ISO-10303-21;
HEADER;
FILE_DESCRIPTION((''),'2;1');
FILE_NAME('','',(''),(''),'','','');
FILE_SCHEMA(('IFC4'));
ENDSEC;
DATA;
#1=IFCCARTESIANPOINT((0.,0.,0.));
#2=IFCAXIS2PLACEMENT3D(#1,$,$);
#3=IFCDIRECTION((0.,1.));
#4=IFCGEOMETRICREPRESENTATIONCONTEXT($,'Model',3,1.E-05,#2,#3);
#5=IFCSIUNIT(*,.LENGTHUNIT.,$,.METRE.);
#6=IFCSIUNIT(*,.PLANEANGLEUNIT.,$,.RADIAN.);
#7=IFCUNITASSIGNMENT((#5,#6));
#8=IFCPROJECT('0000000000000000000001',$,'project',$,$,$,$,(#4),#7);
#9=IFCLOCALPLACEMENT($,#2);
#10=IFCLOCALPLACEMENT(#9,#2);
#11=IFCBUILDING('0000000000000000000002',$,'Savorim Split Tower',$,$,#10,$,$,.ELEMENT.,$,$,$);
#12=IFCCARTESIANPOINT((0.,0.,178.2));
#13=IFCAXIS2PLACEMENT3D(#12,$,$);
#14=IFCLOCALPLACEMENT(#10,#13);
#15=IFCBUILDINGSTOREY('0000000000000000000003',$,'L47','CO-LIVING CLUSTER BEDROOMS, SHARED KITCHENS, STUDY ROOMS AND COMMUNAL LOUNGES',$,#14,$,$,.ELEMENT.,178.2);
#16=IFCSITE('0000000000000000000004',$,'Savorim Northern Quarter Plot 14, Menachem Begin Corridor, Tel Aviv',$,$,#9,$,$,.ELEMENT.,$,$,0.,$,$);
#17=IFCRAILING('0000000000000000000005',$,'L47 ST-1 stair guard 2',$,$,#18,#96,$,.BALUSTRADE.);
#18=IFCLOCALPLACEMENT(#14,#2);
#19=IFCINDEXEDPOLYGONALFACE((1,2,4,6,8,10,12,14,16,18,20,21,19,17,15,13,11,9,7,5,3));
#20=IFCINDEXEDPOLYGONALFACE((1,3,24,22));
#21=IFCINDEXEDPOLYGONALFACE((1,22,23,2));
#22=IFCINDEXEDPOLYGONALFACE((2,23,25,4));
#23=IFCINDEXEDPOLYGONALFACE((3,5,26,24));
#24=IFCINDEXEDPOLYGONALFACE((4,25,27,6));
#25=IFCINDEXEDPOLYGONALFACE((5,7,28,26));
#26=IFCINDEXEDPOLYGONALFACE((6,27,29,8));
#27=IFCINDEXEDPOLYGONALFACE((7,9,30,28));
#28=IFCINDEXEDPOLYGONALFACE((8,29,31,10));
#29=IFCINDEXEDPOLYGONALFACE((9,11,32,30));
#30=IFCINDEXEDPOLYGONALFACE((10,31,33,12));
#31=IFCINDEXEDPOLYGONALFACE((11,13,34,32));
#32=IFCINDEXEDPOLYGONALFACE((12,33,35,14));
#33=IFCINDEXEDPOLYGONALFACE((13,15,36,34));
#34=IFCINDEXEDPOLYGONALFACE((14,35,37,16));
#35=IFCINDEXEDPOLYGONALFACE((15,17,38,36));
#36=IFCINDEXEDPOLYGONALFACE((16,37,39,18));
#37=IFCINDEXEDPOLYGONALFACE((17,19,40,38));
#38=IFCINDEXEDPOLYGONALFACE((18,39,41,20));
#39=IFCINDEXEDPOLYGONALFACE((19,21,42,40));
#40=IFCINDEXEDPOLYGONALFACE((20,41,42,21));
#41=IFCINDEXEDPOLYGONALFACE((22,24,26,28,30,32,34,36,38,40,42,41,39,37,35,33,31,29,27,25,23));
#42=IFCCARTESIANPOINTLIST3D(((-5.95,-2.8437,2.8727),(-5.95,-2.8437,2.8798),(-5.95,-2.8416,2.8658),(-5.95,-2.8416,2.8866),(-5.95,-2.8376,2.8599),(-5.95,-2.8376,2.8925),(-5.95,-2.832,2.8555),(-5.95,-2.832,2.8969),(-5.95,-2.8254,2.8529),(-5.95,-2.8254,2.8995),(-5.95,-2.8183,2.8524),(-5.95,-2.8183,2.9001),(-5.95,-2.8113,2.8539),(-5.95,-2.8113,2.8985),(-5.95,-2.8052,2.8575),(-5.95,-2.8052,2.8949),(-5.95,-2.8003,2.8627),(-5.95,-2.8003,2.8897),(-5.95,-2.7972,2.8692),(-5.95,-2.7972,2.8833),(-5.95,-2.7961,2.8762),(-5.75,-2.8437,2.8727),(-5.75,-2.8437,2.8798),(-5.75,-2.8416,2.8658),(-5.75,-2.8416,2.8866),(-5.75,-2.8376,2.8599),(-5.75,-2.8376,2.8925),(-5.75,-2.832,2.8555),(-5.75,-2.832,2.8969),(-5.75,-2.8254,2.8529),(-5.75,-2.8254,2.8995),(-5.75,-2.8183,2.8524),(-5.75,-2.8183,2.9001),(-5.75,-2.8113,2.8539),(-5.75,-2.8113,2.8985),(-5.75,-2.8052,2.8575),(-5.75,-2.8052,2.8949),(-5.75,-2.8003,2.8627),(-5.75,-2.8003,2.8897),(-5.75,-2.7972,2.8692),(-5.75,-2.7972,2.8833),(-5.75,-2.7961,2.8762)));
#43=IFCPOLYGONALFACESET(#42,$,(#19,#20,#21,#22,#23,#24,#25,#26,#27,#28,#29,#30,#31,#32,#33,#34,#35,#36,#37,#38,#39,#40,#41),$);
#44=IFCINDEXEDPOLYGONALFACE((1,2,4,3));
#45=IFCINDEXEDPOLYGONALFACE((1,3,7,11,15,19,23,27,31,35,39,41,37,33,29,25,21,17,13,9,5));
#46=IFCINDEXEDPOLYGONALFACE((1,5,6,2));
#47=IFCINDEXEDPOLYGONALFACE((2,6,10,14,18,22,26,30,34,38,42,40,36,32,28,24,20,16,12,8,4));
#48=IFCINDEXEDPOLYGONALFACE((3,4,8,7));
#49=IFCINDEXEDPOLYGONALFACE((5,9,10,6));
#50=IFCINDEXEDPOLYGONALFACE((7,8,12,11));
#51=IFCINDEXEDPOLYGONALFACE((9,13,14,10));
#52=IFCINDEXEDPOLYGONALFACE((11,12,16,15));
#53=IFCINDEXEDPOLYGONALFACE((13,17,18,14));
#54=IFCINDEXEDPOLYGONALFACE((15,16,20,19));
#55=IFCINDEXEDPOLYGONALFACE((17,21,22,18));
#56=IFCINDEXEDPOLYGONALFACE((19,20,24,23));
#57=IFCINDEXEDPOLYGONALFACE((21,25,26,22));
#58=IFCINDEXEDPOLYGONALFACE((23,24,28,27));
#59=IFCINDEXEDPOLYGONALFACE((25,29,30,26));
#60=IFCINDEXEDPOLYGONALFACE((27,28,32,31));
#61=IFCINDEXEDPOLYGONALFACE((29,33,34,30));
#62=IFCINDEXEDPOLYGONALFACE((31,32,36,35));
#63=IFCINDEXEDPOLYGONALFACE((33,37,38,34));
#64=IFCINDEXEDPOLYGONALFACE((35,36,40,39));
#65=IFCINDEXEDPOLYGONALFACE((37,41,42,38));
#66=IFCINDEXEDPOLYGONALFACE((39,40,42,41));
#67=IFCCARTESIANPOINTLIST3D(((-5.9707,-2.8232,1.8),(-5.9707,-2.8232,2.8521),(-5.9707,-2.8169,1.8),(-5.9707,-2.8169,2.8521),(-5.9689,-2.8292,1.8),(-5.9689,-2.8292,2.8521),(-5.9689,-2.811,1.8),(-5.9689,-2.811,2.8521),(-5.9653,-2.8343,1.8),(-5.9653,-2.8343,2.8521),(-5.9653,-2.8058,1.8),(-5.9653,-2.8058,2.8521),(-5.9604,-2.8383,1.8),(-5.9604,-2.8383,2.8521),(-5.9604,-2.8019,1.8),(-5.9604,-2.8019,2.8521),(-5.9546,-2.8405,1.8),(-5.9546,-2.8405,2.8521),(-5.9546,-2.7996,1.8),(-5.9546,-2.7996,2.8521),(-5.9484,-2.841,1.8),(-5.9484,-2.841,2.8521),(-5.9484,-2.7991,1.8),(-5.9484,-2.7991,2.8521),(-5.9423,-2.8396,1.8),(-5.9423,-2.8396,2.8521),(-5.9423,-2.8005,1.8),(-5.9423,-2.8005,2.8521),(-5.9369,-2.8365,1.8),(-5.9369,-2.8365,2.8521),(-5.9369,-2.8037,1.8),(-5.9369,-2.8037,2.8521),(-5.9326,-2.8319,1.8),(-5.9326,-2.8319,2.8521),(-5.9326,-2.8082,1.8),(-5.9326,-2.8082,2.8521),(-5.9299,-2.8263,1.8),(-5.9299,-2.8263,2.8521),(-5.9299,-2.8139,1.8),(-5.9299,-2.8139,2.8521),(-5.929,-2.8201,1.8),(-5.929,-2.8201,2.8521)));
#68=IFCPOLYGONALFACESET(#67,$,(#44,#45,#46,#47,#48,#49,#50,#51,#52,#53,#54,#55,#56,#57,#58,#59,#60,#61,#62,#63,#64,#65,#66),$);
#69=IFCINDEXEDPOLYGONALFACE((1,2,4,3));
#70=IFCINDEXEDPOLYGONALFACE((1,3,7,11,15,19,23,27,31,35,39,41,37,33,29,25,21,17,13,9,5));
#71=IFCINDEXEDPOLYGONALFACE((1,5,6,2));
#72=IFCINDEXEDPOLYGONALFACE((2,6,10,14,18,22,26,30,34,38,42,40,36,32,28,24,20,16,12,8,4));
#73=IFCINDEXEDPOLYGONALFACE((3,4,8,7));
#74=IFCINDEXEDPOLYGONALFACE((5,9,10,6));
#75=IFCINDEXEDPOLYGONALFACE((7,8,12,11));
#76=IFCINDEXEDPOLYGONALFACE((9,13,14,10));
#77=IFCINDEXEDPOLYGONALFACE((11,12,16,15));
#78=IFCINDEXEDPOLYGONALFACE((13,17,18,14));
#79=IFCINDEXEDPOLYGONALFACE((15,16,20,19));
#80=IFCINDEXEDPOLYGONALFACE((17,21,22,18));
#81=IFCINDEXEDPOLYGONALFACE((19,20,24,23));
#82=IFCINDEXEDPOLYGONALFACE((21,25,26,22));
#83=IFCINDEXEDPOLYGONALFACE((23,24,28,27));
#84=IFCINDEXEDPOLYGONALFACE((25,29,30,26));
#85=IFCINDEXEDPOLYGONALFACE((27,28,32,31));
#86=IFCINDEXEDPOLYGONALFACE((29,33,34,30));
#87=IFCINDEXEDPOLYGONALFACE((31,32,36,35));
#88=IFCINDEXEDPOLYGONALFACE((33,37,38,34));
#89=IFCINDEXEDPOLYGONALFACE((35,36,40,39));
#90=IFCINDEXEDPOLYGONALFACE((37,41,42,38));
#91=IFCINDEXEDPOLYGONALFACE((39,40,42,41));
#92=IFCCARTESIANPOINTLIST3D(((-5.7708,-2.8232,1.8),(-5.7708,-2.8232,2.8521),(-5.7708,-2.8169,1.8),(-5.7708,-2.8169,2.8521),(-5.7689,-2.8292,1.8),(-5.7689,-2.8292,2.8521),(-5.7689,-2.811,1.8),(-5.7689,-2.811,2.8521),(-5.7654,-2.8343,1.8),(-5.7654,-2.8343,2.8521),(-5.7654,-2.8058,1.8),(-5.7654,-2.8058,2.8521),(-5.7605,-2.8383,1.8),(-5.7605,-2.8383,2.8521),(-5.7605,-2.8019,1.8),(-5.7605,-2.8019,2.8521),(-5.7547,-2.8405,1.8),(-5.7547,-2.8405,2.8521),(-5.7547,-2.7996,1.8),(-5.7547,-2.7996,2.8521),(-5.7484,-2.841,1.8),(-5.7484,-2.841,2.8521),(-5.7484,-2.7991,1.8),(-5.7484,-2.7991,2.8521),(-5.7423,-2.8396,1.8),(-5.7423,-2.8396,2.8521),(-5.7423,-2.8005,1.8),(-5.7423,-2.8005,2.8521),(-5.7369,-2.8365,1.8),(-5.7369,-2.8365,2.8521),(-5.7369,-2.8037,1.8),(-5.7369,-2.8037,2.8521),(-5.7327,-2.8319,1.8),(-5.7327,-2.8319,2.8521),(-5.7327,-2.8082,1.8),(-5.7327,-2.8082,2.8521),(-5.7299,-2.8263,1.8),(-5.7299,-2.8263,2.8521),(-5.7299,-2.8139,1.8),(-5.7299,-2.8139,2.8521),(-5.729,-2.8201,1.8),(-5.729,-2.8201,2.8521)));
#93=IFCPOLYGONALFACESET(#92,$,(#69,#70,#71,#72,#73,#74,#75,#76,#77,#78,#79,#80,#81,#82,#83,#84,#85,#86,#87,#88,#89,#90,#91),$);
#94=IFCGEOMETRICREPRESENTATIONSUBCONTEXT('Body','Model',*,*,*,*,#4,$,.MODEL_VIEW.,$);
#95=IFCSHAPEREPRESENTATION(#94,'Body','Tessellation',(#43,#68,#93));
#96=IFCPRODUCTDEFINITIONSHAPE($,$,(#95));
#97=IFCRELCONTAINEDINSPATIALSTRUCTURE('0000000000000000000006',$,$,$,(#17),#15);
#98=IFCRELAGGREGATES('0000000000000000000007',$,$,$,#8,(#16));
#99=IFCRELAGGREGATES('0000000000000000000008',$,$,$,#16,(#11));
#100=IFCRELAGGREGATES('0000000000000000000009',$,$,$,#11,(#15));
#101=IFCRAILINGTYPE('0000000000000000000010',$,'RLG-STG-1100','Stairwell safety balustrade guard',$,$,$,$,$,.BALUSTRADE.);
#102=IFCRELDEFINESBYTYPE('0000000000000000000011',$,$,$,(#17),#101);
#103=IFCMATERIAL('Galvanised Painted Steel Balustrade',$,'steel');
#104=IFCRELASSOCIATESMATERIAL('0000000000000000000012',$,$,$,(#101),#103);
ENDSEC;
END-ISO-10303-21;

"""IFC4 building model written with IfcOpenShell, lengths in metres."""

from ifc_helpers import new_model, si_unit, direction, frame, origin, origin_2d, place, context, subcontext, project, spatial, circle, extrude, material, type_object, element, save


model = new_model("IFC4")

# Units and contexts
model_context = context("Model", 3, precision=1e-05, world=origin(), true_north=direction((0.0, 1.0)))
body_context = subcontext(model_context, "Body", "Model", "MODEL_VIEW")
ifc_project = project(units=[si_unit("LENGTHUNIT", "METRE"), si_unit("PLANEANGLEUNIT", "RADIAN")], contexts=[model_context])

# Site, building, storey
site_placement = place(None, origin())
site = spatial("IfcSite", under=ifc_project, at=site_placement, Name="Savorim Northern Quarter Plot 14, Menachem Begin Corridor, Tel Aviv", CompositionType="ELEMENT", RefElevation=0.0)
building_placement = place(site_placement, origin())
building = spatial("IfcBuilding", under=site, at=building_placement, Name="Savorim Split Tower", CompositionType="ELEMENT")
storey_placement = place(building_placement, frame((0.0, 0.0, 178.2)))
storey = spatial("IfcBuildingStorey", under=building, at=storey_placement, Name="L47", Description="CO-LIVING CLUSTER BEDROOMS, SHARED KITCHENS, STUDY ROOMS AND COMMUNAL LOUNGES", CompositionType="ELEMENT", Elevation=178.2)

# Railing
ifc_material_1 = material(Name="Galvanised Painted Steel Balustrade", Category="steel")
railing_type_1 = type_object("IfcRailingType", Name="RLG-STG-1100", Description="Stairwell safety balustrade guard", PredefinedType="BALUSTRADE", material=ifc_material_1)
railing_1_placement = place(storey_placement, frame((-5.95, -2.8201, 1.8)))
element("IfcRailing", 1, at=railing_1_placement, inside=storey, type_object=railing_type_1, Name="L47 ST-1 stair guard 2", PredefinedType="BALUSTRADE", context=body_context, shape_type="SweptSolid", body=[
    extrude(circle(Radius=0.0239, at=origin_2d()), frame((0.0, 0.0, 1.0762), z_axis=(1.0, 0.0, 0.0), x_axis=(0.0, 1.0, 0.0)), (0.0, 0.0, 1.0), 0.2),
    extrude(circle(Radius=0.021, at=origin_2d()), origin(), (0.0, 0.0, 1.0), 1.052),
    extrude(circle(Radius=0.021, at=origin_2d()), frame((0.2, 0.0, 0.0)), (0.0, 0.0, 1.0), 1.052),
])

save(model, "model.ifc")
